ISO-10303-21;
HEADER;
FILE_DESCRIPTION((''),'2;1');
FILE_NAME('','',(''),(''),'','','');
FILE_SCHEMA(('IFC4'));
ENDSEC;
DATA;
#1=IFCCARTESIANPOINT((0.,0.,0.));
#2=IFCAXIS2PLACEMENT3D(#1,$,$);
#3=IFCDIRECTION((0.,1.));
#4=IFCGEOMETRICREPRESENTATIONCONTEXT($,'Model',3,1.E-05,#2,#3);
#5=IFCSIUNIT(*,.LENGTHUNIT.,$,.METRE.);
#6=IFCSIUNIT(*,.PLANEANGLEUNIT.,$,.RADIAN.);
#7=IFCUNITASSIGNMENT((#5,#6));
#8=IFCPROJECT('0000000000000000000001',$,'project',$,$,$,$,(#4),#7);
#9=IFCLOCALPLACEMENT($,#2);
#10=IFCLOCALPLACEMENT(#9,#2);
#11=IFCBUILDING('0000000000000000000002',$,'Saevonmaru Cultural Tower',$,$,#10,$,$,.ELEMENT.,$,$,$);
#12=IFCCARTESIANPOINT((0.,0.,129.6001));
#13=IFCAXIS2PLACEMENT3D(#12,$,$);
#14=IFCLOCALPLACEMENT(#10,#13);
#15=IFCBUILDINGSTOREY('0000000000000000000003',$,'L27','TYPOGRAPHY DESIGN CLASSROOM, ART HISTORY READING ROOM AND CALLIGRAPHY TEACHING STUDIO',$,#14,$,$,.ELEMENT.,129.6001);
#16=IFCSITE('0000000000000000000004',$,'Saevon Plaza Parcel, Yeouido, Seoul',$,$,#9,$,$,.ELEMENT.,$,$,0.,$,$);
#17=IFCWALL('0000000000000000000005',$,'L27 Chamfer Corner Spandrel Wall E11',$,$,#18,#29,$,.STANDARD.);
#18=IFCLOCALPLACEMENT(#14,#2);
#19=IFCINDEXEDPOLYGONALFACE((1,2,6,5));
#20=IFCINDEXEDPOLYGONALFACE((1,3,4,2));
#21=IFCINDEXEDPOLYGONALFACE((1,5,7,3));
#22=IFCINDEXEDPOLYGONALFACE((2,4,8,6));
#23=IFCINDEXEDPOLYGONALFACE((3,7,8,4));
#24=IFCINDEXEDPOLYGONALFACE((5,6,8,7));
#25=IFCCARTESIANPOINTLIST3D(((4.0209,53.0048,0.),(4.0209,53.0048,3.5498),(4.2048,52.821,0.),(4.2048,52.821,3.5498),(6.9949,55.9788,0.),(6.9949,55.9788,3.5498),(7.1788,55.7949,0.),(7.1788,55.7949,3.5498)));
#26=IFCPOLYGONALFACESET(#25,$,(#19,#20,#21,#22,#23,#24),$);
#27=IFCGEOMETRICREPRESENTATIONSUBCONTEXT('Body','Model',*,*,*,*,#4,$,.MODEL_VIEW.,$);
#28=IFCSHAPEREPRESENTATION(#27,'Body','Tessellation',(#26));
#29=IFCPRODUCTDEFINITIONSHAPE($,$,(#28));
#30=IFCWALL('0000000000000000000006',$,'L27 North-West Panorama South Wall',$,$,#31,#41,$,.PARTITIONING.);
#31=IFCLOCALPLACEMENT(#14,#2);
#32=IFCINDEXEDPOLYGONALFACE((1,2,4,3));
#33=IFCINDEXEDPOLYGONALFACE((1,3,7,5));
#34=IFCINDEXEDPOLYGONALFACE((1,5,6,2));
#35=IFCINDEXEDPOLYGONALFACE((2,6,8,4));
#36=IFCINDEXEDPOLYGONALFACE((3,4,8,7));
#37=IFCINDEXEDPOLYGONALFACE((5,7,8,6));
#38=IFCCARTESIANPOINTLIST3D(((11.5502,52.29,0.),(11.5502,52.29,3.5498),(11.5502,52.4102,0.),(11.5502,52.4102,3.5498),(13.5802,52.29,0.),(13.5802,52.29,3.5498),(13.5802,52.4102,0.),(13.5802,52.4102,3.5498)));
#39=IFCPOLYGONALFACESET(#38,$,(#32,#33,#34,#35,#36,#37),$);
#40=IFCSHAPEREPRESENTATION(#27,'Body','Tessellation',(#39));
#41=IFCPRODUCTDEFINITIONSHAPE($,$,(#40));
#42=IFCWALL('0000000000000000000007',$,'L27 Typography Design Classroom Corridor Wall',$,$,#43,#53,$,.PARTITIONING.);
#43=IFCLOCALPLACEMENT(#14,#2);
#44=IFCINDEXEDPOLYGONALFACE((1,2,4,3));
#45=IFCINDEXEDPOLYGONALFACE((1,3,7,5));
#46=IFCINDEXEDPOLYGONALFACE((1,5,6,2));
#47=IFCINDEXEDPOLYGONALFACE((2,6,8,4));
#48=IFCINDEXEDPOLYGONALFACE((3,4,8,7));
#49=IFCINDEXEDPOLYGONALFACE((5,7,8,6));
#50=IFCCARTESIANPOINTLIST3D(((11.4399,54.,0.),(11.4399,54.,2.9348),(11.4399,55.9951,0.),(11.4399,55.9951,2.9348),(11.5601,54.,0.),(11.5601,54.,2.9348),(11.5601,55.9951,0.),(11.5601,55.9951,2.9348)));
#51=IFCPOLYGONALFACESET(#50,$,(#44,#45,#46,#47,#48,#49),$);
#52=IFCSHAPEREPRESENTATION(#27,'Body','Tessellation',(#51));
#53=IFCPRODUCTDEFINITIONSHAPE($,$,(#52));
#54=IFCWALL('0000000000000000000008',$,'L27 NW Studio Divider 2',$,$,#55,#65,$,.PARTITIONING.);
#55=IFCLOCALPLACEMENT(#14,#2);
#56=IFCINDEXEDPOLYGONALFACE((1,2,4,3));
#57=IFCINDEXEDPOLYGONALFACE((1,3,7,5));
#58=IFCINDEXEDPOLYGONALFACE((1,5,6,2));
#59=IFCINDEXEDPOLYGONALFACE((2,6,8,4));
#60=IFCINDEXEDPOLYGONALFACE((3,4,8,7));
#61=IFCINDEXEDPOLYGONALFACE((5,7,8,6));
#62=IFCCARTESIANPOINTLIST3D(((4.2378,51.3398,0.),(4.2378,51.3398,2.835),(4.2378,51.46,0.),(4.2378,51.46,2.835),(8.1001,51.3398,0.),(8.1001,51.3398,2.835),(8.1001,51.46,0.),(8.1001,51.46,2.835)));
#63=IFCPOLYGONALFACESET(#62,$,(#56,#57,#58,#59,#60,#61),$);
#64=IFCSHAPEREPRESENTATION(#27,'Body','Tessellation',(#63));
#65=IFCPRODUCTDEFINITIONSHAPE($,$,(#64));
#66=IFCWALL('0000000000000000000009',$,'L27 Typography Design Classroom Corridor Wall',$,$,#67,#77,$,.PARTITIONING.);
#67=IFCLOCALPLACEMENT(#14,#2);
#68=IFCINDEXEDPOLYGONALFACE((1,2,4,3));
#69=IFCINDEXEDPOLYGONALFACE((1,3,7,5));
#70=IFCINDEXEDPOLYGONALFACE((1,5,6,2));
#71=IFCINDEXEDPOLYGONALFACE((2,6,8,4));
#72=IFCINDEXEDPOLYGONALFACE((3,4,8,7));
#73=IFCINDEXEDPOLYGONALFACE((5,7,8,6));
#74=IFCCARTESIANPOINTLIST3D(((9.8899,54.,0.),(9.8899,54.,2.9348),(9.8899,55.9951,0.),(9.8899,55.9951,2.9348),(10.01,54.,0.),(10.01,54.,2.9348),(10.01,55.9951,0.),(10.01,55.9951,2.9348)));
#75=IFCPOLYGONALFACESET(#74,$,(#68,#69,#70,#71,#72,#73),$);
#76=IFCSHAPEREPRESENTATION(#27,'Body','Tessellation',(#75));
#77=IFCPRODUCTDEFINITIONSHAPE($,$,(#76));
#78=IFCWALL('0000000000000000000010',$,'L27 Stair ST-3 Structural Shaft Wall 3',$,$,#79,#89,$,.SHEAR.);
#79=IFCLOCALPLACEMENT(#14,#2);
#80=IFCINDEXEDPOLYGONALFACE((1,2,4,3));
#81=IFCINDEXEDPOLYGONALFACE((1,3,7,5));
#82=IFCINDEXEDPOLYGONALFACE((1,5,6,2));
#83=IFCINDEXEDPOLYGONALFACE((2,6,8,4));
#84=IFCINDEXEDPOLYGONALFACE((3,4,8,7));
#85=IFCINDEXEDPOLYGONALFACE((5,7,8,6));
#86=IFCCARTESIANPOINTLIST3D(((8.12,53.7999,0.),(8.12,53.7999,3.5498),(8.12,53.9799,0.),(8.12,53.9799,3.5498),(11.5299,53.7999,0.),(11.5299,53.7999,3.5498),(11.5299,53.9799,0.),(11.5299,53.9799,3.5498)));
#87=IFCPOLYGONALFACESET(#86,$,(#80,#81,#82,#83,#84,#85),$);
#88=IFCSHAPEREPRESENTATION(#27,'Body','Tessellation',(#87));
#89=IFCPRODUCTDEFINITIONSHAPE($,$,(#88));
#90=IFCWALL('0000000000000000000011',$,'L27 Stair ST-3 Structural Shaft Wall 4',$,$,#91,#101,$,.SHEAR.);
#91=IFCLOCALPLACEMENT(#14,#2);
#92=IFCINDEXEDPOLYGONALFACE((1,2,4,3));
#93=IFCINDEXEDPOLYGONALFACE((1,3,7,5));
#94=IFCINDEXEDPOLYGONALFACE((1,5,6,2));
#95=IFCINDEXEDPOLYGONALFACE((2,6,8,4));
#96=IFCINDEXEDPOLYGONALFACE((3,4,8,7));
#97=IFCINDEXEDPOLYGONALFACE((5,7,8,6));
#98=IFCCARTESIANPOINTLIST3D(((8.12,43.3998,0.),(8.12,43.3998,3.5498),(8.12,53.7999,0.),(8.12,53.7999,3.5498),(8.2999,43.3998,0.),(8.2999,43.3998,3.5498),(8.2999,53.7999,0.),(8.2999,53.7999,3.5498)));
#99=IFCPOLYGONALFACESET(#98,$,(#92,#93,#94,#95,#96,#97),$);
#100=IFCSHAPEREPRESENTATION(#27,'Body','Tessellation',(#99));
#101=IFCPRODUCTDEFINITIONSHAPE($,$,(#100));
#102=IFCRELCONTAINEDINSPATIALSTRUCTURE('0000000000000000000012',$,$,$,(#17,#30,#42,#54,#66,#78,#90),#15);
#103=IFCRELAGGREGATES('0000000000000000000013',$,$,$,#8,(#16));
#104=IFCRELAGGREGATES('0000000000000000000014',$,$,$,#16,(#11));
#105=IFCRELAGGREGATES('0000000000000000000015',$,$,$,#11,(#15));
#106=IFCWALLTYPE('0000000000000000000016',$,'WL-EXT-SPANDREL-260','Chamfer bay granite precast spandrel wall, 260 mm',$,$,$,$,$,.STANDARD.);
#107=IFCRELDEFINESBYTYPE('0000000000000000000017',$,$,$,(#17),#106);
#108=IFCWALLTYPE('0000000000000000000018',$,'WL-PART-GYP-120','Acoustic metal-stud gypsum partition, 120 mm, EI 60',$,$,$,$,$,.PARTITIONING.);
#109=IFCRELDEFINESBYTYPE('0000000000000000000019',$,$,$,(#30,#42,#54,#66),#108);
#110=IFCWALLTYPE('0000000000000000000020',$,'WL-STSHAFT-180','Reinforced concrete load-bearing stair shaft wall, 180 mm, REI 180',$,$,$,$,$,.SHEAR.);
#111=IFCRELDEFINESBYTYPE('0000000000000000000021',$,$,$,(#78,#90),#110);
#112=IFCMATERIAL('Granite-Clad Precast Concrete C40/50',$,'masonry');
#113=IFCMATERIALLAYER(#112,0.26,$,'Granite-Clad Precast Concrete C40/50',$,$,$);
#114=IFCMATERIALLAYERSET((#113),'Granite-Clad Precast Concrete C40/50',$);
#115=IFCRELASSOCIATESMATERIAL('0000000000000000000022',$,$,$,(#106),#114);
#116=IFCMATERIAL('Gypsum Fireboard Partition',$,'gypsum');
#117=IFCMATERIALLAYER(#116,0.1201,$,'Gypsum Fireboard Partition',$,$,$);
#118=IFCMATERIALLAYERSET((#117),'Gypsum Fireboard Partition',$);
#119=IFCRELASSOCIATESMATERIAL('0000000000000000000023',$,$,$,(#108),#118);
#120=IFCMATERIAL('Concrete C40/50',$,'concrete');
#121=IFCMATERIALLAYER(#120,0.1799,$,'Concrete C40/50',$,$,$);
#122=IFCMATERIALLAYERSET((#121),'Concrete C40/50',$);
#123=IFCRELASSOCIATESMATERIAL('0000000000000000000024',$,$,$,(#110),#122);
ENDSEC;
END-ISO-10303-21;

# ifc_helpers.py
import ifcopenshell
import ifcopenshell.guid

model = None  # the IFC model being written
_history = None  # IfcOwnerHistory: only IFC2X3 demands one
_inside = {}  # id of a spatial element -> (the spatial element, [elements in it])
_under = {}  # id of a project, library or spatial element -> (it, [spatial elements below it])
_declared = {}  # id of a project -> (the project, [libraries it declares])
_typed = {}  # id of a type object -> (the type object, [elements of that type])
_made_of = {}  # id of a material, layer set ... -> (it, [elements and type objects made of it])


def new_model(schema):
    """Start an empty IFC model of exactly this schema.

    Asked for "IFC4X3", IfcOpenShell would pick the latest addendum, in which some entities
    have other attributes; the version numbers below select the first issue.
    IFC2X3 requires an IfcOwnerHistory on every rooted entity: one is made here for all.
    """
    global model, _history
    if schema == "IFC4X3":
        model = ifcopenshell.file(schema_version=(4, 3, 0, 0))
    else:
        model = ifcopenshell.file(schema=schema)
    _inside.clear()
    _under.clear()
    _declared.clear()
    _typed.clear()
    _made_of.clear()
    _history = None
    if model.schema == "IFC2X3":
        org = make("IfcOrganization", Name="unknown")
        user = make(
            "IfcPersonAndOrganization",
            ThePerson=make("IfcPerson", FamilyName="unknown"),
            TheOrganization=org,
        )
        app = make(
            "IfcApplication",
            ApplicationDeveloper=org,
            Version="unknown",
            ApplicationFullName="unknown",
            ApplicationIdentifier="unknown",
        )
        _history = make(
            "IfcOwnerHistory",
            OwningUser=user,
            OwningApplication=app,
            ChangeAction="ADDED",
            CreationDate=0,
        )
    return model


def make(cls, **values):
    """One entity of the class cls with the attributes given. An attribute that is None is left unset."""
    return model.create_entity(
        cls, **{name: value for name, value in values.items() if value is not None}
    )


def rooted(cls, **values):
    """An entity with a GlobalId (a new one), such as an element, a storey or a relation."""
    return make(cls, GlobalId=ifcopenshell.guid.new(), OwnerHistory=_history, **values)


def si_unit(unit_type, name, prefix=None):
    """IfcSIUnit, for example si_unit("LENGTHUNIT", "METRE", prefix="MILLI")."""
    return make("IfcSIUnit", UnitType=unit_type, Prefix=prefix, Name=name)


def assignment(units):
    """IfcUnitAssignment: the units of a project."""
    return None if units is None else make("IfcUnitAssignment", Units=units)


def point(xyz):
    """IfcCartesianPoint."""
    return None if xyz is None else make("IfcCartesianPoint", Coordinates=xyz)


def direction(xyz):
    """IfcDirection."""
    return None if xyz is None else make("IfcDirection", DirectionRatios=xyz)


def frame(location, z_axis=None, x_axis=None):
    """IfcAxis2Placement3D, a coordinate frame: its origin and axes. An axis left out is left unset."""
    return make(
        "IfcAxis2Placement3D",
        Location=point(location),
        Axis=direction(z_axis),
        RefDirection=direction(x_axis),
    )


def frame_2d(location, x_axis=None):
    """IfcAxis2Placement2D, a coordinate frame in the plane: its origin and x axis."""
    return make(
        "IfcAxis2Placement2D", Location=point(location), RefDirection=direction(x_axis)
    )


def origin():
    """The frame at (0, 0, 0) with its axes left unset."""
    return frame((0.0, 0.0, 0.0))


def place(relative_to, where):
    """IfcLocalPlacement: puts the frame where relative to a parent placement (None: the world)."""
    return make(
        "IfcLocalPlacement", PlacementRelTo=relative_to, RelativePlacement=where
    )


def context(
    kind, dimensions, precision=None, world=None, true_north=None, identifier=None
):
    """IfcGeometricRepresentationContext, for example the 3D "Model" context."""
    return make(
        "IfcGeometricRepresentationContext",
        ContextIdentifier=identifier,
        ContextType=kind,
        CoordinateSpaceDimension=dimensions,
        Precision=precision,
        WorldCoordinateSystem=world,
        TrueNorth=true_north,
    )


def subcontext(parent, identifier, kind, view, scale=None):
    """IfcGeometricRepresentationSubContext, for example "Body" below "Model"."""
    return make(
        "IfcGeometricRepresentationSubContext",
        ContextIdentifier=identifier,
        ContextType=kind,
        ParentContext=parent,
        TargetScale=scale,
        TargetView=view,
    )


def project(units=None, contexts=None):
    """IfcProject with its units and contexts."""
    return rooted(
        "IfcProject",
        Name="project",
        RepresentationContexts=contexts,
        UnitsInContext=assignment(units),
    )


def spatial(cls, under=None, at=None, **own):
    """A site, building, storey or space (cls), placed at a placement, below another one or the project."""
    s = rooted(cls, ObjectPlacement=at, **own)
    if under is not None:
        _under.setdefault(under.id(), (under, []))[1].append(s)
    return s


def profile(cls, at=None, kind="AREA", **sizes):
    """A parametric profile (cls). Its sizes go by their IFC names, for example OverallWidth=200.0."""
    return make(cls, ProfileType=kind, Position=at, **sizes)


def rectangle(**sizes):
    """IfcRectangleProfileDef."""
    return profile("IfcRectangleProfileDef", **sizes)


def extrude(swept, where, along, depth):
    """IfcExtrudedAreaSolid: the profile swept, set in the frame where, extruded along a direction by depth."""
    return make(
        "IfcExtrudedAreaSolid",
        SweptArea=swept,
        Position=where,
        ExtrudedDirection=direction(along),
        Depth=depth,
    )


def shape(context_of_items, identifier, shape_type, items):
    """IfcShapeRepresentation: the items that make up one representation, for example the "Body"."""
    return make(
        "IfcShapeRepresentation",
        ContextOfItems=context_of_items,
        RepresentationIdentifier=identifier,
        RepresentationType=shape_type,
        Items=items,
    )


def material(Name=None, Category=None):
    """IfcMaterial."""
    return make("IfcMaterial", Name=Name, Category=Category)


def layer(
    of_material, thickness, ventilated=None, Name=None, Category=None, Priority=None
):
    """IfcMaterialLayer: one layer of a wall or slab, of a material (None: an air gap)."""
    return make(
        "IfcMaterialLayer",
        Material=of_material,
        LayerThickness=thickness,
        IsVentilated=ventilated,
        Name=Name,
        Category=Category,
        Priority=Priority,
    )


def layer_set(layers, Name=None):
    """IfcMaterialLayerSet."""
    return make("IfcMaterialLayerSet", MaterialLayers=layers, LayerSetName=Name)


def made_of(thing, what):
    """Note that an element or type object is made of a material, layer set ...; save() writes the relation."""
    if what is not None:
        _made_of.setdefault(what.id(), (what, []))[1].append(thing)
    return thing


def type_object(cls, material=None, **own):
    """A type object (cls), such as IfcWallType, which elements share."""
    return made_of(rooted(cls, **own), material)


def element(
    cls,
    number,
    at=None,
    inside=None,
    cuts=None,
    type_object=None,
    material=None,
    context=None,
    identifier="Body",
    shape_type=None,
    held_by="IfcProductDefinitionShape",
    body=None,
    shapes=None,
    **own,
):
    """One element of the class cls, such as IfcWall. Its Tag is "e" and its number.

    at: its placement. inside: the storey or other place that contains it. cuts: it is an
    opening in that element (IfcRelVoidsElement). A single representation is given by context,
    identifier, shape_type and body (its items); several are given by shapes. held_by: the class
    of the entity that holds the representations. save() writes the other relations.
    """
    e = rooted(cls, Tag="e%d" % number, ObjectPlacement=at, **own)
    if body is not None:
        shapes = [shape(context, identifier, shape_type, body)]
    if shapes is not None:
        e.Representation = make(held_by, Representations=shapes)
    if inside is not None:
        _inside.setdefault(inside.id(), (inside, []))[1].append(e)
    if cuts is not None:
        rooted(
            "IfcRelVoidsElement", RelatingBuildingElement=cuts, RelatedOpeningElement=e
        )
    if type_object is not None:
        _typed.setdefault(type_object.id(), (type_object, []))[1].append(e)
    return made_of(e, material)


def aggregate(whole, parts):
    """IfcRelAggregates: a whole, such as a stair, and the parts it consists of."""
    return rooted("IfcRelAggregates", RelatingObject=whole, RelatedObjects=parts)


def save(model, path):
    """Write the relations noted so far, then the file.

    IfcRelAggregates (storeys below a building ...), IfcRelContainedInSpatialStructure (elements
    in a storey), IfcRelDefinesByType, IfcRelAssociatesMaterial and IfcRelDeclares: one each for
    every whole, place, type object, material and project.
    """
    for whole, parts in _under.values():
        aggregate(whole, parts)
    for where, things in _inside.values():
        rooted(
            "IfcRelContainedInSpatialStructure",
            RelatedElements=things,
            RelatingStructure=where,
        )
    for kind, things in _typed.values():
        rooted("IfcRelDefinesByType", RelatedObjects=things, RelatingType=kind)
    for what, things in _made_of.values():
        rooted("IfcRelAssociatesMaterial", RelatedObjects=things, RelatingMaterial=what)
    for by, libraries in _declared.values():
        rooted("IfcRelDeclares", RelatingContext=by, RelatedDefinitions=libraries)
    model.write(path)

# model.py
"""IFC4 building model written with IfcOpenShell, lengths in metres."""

from ifc_helpers import new_model, si_unit, direction, frame, frame_2d, origin, place, context, subcontext, project, spatial, rectangle, extrude, material, layer, layer_set, type_object, element, save


model = new_model("IFC4")

# Units and contexts
model_context = context("Model", 3, precision=1e-05, world=origin(), true_north=direction((0.0, 1.0)))
body_context = subcontext(model_context, "Body", "Model", "MODEL_VIEW")
ifc_project = project(units=[si_unit("LENGTHUNIT", "METRE"), si_unit("PLANEANGLEUNIT", "RADIAN")], contexts=[model_context])

# Site, building, storey
site_placement = place(None, origin())
site = spatial("IfcSite", under=ifc_project, at=site_placement, Name="Saevon Plaza Parcel, Yeouido, Seoul", CompositionType="ELEMENT", RefElevation=0.0)
building_placement = place(site_placement, origin())
building = spatial("IfcBuilding", under=site, at=building_placement, Name="Saevonmaru Cultural Tower", CompositionType="ELEMENT")
storey_placement = place(building_placement, frame((0.0, 0.0, 129.6001)))
storey = spatial("IfcBuildingStorey", under=building, at=storey_placement, Name="L27", Description="TYPOGRAPHY DESIGN CLASSROOM, ART HISTORY READING ROOM AND CALLIGRAPHY TEACHING STUDIO", CompositionType="ELEMENT", Elevation=129.6001)

# Walls
ifc_material_1 = material(Name="Granite-Clad Precast Concrete C40/50", Category="masonry")
ifc_layer_1 = layer(ifc_material_1, 0.26, Name="Granite-Clad Precast Concrete C40/50")
ifc_layer_set_1 = layer_set([ifc_layer_1], Name="Granite-Clad Precast Concrete C40/50")
wall_type_1 = type_object("IfcWallType", Name="WL-EXT-SPANDREL-260", Description="Chamfer bay granite precast spandrel wall, 260 mm", PredefinedType="STANDARD", material=ifc_layer_set_1)
wall_1_placement = place(storey_placement, frame((7.0869, 55.887, 0.0), z_axis=(0.0, 0.0, 1.0), x_axis=(-0.707107, -0.707107, 0.0)))
element("IfcWall", 1, at=wall_1_placement, inside=storey, type_object=wall_type_1, Name="L27 Chamfer Corner Spandrel Wall E11", PredefinedType="STANDARD", context=body_context, shape_type="SweptSolid", body=[
    extrude(rectangle(XDim=4.2058, YDim=0.26, at=frame_2d((2.103, 0.0))), origin(), (0.0, 0.0, 1.0), 3.5498),
])
ifc_material_2 = material(Name="Gypsum Fireboard Partition", Category="gypsum")
ifc_layer_2 = layer(ifc_material_2, 0.1201, Name="Gypsum Fireboard Partition")
ifc_layer_set_2 = layer_set([ifc_layer_2], Name="Gypsum Fireboard Partition")
wall_type_2 = type_object("IfcWallType", Name="WL-PART-GYP-120", Description="Acoustic metal-stud gypsum partition, 120 mm, EI 60", PredefinedType="PARTITIONING", material=ifc_layer_set_2)
wall_2_placement = place(storey_placement, frame((11.55, 52.3501, 0.0), z_axis=(0.0, 0.0, 1.0), x_axis=(1.0, 0.0, 0.0)))
element("IfcWall", 2, at=wall_2_placement, inside=storey, type_object=wall_type_2, Name="L27 North-West Panorama South Wall", PredefinedType="PARTITIONING", context=body_context, shape_type="SweptSolid", body=[
    extrude(rectangle(XDim=2.03, YDim=0.1201, at=frame_2d((1.0151, 0.0))), origin(), (0.0, 0.0, 1.0), 3.5498),
])
wall_3_placement = place(storey_placement, frame((11.5, 54.0, 0.0), z_axis=(0.0, 0.0, 1.0), x_axis=(0.0, 1.0, 0.0)))
element("IfcWall", 3, at=wall_3_placement, inside=storey, type_object=wall_type_2, Name="L27 Typography Design Classroom Corridor Wall", PredefinedType="PARTITIONING", context=body_context, shape_type="SweptSolid", body=[
    extrude(rectangle(XDim=1.9951, YDim=0.1201, at=frame_2d((0.9976, 0.0))), origin(), (0.0, 0.0, 1.0), 2.9348),
])
wall_4_placement = place(storey_placement, frame((4.2378, 51.3999, 0.0), z_axis=(0.0, 0.0, 1.0), x_axis=(1.0, 0.0, 0.0)))
element("IfcWall", 4, at=wall_4_placement, inside=storey, type_object=wall_type_2, Name="L27 NW Studio Divider 2", PredefinedType="PARTITIONING", context=body_context, shape_type="SweptSolid", body=[
    extrude(rectangle(XDim=3.8623, YDim=0.1201, at=frame_2d((1.9312, 0.0))), origin(), (0.0, 0.0, 1.0), 2.835),
])
wall_5_placement = place(storey_placement, frame((9.95, 54.0, 0.0), z_axis=(0.0, 0.0, 1.0), x_axis=(0.0, 1.0, 0.0)))
element("IfcWall", 5, at=wall_5_placement, inside=storey, type_object=wall_type_2, Name="L27 Typography Design Classroom Corridor Wall", PredefinedType="PARTITIONING", context=body_context, shape_type="SweptSolid", body=[
    extrude(rectangle(XDim=1.9951, YDim=0.1201, at=frame_2d((0.9976, 0.0))), origin(), (0.0, 0.0, 1.0), 2.9348),
])
ifc_material_3 = material(Name="Concrete C40/50", Category="concrete")
ifc_layer_3 = layer(ifc_material_3, 0.1799, Name="Concrete C40/50")
ifc_layer_set_3 = layer_set([ifc_layer_3], Name="Concrete C40/50")
wall_type_3 = type_object("IfcWallType", Name="WL-STSHAFT-180", Description="Reinforced concrete load-bearing stair shaft wall, 180 mm, REI 180", PredefinedType="SHEAR", material=ifc_layer_set_3)
wall_6_placement = place(storey_placement, frame((11.53, 53.8899, 0.0), z_axis=(0.0, 0.0, 1.0), x_axis=(-1.0, 0.0, 0.0)))
element("IfcWall", 6, at=wall_6_placement, inside=storey, type_object=wall_type_3, Name="L27 Stair ST-3 Structural Shaft Wall 3", PredefinedType="SHEAR", context=body_context, shape_type="SweptSolid", body=[
    extrude(rectangle(XDim=3.4099, YDim=0.1799, at=frame_2d((1.7051, 0.0))), origin(), (0.0, 0.0, 1.0), 3.5498),
])
wall_7_placement = place(storey_placement, frame((8.21, 53.8, 0.0), z_axis=(0.0, 0.0, 1.0), x_axis=(0.0, -1.0, 0.0)))
element("IfcWall", 7, at=wall_7_placement, inside=storey, type_object=wall_type_3, Name="L27 Stair ST-3 Structural Shaft Wall 4", PredefinedType="SHEAR", context=body_context, shape_type="SweptSolid", body=[
    extrude(rectangle(XDim=10.4001, YDim=0.1799, at=frame_2d((5.2002, 0.0))), origin(), (0.0, 0.0, 1.0), 3.5498),
])

save(model, "model.ifc")
